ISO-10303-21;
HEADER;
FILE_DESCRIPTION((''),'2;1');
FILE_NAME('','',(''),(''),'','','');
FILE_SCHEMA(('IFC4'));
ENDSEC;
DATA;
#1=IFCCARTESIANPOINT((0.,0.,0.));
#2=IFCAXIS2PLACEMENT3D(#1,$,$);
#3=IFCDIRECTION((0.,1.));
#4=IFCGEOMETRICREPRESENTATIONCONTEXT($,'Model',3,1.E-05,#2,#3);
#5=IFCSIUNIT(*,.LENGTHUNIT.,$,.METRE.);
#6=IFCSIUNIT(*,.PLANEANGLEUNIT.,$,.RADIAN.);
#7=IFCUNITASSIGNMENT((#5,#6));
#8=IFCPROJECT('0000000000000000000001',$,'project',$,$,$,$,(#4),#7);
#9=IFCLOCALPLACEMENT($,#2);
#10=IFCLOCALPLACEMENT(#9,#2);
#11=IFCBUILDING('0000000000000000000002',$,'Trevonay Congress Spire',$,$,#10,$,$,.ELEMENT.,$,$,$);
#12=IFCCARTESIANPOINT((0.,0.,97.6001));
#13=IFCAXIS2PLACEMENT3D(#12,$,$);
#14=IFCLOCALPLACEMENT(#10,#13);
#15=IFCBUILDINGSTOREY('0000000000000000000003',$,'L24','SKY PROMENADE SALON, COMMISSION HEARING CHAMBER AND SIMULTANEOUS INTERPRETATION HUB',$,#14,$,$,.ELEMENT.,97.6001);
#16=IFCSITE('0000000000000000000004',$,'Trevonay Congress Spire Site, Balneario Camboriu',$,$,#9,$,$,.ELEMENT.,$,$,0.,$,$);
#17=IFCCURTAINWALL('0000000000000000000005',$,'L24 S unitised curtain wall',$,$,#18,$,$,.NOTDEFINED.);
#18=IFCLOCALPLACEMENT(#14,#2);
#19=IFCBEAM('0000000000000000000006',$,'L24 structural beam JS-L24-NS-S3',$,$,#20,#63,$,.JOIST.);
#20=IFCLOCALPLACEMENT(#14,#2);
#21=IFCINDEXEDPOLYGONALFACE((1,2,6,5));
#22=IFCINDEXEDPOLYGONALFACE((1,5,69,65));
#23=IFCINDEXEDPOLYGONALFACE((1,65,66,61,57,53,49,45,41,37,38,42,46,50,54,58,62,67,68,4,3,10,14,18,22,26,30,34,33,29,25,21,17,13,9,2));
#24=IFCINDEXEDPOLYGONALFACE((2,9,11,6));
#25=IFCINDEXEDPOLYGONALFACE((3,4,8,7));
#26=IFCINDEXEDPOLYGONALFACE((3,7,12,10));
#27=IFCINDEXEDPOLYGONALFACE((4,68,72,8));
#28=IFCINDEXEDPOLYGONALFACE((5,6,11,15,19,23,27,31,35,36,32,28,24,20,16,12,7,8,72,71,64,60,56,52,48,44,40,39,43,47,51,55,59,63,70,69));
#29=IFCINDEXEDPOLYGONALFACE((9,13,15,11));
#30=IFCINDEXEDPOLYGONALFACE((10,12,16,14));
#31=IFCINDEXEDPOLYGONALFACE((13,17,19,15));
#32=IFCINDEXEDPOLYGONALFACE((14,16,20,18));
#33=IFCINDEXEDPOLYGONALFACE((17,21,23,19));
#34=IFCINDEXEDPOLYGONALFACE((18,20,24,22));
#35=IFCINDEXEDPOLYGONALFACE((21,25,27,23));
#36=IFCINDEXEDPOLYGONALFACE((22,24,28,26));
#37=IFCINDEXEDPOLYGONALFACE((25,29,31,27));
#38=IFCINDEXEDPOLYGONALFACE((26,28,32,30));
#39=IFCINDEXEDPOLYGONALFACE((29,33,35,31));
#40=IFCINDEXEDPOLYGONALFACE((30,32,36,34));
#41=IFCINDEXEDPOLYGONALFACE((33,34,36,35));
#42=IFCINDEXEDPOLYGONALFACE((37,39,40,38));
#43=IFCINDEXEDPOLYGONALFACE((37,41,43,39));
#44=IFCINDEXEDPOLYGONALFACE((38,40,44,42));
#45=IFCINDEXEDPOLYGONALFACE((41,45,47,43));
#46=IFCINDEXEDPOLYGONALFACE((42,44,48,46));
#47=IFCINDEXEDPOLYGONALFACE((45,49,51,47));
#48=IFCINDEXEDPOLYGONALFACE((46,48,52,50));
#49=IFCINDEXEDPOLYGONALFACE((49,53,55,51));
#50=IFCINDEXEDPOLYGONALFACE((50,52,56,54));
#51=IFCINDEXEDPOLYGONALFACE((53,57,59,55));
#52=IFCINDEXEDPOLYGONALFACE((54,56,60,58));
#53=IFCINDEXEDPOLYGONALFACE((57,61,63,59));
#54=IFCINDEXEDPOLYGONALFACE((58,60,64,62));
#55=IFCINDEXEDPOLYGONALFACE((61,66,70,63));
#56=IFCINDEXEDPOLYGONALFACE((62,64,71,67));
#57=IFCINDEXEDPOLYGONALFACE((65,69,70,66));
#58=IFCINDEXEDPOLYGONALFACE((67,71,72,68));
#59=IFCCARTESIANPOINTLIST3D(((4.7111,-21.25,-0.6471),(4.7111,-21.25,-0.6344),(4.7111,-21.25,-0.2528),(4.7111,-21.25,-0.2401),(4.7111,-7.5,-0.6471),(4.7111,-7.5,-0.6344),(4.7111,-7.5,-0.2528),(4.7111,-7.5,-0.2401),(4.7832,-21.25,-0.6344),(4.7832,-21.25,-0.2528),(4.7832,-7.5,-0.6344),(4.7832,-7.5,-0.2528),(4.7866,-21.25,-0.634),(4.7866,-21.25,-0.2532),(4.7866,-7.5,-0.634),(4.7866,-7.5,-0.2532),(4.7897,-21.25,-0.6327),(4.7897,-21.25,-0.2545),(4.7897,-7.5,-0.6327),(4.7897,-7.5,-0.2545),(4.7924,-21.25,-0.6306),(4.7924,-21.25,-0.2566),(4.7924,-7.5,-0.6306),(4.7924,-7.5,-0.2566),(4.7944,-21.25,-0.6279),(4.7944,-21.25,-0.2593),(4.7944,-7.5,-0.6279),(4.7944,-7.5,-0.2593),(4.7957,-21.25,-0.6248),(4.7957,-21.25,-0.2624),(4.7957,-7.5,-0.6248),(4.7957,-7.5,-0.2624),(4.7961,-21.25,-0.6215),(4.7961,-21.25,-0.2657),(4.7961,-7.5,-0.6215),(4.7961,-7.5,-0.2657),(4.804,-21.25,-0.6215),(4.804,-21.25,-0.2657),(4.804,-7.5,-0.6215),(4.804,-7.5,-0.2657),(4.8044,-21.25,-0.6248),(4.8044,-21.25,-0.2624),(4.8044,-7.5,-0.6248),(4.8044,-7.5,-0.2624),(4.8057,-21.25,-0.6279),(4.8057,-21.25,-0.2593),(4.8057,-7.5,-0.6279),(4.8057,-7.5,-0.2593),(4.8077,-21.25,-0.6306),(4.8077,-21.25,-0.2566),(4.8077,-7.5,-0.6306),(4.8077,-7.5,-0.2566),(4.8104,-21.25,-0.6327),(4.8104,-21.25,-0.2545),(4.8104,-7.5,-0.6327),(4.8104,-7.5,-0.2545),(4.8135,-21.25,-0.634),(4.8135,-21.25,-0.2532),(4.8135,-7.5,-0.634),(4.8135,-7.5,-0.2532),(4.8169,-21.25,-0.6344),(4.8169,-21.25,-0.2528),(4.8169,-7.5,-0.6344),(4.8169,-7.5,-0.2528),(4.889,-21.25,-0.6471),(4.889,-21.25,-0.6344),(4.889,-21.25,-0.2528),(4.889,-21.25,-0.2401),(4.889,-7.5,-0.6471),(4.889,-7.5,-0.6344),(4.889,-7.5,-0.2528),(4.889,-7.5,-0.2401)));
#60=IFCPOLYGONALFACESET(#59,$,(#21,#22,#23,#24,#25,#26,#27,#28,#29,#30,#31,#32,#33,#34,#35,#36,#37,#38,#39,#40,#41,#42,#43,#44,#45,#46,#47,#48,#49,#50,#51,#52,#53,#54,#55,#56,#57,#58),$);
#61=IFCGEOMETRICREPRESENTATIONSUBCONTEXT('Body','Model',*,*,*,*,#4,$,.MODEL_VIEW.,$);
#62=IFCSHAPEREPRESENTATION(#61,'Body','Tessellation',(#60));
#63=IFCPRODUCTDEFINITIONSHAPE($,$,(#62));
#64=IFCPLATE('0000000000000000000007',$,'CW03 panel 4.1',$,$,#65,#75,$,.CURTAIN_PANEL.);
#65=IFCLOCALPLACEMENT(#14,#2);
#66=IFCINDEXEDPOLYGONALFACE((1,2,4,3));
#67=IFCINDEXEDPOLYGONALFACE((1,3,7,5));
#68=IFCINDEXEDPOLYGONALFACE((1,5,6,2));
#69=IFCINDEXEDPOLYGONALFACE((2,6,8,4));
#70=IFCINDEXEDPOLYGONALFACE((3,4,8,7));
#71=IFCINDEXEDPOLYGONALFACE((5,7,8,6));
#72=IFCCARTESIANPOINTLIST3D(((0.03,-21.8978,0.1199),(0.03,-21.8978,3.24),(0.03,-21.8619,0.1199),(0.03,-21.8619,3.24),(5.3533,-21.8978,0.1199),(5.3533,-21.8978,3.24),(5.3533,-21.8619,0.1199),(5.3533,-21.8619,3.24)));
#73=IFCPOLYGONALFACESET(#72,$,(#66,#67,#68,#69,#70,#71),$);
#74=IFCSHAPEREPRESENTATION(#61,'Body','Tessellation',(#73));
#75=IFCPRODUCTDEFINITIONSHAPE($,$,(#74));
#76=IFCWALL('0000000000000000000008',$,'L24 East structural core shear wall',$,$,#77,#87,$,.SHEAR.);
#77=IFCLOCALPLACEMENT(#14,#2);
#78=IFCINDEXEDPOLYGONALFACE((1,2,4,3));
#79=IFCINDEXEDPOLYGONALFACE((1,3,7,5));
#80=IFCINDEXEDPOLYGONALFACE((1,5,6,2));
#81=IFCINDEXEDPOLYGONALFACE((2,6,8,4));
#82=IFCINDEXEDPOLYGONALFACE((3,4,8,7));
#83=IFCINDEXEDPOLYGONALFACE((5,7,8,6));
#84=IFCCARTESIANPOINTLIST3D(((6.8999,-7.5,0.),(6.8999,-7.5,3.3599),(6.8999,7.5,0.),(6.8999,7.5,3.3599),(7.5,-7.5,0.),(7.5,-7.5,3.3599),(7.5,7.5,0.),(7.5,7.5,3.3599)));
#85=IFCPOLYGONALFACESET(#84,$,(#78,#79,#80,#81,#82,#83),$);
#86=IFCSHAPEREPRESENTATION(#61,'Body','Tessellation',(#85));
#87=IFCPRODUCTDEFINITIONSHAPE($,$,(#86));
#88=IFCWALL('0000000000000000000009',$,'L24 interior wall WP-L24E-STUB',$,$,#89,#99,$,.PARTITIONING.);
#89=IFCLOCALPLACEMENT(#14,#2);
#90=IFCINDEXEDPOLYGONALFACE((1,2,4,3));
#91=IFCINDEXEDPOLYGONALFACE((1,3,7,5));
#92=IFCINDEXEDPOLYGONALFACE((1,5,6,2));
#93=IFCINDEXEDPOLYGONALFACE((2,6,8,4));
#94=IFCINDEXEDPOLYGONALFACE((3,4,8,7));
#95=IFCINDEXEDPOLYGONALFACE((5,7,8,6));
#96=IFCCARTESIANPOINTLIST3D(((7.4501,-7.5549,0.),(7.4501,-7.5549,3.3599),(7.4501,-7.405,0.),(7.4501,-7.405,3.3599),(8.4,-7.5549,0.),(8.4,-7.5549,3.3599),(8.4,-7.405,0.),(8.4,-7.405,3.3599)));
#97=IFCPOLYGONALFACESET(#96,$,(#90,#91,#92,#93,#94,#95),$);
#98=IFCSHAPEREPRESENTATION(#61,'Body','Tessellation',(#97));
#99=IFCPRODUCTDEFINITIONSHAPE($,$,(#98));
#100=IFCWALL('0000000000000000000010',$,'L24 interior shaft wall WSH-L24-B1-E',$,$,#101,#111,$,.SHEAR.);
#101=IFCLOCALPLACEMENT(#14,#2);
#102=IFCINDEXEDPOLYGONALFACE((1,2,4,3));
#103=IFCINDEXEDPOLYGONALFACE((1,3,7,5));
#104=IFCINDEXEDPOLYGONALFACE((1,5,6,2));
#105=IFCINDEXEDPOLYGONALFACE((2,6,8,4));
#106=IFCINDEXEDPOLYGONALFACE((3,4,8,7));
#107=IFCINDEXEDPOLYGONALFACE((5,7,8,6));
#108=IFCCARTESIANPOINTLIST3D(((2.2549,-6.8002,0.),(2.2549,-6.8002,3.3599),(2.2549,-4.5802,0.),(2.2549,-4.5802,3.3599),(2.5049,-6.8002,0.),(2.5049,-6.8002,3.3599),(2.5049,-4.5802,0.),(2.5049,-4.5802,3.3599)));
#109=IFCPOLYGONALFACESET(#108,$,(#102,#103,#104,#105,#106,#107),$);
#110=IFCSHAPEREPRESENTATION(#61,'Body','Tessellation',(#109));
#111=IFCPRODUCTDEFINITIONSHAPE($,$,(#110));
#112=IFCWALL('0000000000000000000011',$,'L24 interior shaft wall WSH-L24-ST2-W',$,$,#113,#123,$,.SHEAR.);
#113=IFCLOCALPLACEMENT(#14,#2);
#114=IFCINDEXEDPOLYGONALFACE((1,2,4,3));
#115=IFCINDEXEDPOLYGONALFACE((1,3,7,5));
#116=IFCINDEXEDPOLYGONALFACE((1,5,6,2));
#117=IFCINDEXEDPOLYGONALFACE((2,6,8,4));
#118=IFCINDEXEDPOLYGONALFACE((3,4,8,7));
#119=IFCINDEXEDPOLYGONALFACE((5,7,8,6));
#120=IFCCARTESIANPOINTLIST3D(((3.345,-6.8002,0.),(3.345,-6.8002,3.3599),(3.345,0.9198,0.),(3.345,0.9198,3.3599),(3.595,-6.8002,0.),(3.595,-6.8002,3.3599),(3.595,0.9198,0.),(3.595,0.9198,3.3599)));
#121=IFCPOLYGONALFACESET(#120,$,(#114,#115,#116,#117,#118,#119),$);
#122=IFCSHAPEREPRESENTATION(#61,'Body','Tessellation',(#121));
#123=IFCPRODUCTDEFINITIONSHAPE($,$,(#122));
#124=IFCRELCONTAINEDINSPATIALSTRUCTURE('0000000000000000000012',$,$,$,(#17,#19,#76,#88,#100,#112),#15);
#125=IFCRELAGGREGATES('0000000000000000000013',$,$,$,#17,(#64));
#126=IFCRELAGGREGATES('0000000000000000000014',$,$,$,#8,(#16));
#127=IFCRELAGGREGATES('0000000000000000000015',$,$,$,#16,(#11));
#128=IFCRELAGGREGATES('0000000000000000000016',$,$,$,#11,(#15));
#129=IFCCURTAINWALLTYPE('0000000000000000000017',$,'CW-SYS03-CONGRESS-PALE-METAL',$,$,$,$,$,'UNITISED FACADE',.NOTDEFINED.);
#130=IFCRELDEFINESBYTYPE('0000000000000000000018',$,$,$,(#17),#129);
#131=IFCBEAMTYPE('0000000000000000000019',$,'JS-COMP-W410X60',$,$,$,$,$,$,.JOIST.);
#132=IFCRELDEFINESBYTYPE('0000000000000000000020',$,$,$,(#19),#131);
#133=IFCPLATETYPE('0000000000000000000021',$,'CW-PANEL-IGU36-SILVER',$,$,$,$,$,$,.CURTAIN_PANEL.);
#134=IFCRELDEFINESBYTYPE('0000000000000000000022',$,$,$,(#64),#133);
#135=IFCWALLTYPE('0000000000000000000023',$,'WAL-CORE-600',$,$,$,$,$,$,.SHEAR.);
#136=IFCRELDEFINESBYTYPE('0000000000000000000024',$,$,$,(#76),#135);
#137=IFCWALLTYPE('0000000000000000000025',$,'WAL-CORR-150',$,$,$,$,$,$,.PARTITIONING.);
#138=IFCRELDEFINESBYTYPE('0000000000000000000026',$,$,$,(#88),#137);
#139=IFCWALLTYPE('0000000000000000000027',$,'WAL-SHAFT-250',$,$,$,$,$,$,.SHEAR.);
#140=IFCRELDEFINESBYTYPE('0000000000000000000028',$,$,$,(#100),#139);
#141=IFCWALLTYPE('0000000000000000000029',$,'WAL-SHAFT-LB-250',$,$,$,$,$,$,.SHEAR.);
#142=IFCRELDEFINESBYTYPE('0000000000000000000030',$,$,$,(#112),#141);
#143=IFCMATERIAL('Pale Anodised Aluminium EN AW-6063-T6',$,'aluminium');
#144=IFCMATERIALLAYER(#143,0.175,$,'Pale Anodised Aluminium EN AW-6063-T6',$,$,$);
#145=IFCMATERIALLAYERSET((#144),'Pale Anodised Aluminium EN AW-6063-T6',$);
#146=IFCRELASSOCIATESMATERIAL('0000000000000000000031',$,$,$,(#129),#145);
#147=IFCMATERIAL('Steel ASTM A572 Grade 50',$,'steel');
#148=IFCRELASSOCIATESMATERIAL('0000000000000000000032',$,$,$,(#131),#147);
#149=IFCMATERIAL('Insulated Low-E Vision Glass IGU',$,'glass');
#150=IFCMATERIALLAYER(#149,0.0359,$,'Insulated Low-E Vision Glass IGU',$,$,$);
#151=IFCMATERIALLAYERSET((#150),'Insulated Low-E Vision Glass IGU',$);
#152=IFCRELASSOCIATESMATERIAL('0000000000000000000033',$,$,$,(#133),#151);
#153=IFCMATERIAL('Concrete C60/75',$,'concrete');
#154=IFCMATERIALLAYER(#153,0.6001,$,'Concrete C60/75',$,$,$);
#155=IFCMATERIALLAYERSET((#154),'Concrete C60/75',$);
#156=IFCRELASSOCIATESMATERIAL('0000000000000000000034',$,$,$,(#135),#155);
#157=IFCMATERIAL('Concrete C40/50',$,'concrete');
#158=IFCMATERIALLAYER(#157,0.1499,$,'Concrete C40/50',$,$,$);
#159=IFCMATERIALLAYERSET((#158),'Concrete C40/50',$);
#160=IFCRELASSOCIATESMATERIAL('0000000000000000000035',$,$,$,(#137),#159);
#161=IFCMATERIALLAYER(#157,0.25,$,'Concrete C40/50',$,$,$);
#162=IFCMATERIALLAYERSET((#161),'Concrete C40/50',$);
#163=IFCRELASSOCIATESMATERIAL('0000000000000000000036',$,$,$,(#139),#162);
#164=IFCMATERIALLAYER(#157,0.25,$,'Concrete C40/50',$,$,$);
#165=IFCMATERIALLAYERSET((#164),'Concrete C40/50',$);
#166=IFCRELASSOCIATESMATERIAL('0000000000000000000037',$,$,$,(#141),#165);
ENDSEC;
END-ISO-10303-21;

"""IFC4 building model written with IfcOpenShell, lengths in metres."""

from ifc_helpers import new_model, si_unit, direction, frame, frame_2d, origin, origin_2d, place, context, subcontext, project, spatial, rectangle, i_section, extrude, material, layer, layer_set, material_profile, profile_set, type_object, element, aggregate, save


model = new_model("IFC4")

# Units and contexts
model_context = context("Model", 3, precision=1e-05, world=origin(), true_north=direction((0.0, 1.0)))
body_context = subcontext(model_context, "Body", "Model", "MODEL_VIEW")
ifc_project = project(units=[si_unit("LENGTHUNIT", "METRE"), si_unit("PLANEANGLEUNIT", "RADIAN")], contexts=[model_context])

# Site, building, storey
site_placement = place(None, origin())
site = spatial("IfcSite", under=ifc_project, at=site_placement, Name="Trevonay Congress Spire Site, Balneario Camboriu", CompositionType="ELEMENT", RefElevation=0.0)
building_placement = place(site_placement, origin())
building = spatial("IfcBuilding", under=site, at=building_placement, Name="Trevonay Congress Spire", CompositionType="ELEMENT")
storey_placement = place(building_placement, frame((0.0, 0.0, 97.6001)))
storey = spatial("IfcBuildingStorey", under=building, at=storey_placement, Name="L24", Description="SKY PROMENADE SALON, COMMISSION HEARING CHAMBER AND SIMULTANEOUS INTERPRETATION HUB", CompositionType="ELEMENT", Elevation=97.6001)

# Shared definitions
ifc_material_1 = material(Name="Steel ASTM A572 Grade 50", Category="steel")

# Curtain wall
ifc_material_2 = material(Name="Pale Anodised Aluminium EN AW-6063-T6", Category="aluminium")
ifc_layer_1 = layer(ifc_material_2, 0.175, Name="Pale Anodised Aluminium EN AW-6063-T6")
ifc_layer_set_1 = layer_set([ifc_layer_1], Name="Pale Anodised Aluminium EN AW-6063-T6")
curtain_wall_type = type_object("IfcCurtainWallType", Name="CW-SYS03-CONGRESS-PALE-METAL", ElementType="UNITISED FACADE", PredefinedType="NOTDEFINED", material=ifc_layer_set_1)
curtain_wall_placement = place(storey_placement, origin())
curtain_wall = element("IfcCurtainWall", 1, at=curtain_wall_placement, inside=storey, type_object=curtain_wall_type, Name="L24 S unitised curtain wall", PredefinedType="NOTDEFINED")

# Beam
ifc_material_profile_1 = material_profile(ifc_material_1, i_section(OverallWidth=0.178, OverallDepth=0.407, WebThickness=0.0078, FlangeThickness=0.0127, FilletRadius=0.0129, at=origin_2d()), Name="W410x60")
ifc_profile_set_1 = profile_set([ifc_material_profile_1], Name="Steel ASTM A572 Grade 50")
beam_type_1 = type_object("IfcBeamType", Name="JS-COMP-W410X60", PredefinedType="JOIST", material=ifc_profile_set_1)
beam_1_placement = place(storey_placement, frame((4.8, -21.25, -0.4436), z_axis=(0.0, 1.0, 0.0), x_axis=(-1.0, 0.0, 0.0)))
element("IfcBeam", 2, at=beam_1_placement, inside=storey, type_object=beam_type_1, Name="L24 structural beam JS-L24-NS-S3", PredefinedType="JOIST", context=body_context, shape_type="SweptSolid", body=[
    extrude(i_section(OverallWidth=0.178, OverallDepth=0.407, WebThickness=0.0078, FlangeThickness=0.0127, FilletRadius=0.0129, at=origin_2d()), origin(), (0.0, 0.0, 1.0), 13.75),
])

# Plate
ifc_material_3 = material(Name="Insulated Low-E Vision Glass IGU", Category="glass")
ifc_layer_2 = layer(ifc_material_3, 0.0359, Name="Insulated Low-E Vision Glass IGU")
ifc_layer_set_2 = layer_set([ifc_layer_2], Name="Insulated Low-E Vision Glass IGU")
plate_type = type_object("IfcPlateType", Name="CW-PANEL-IGU36-SILVER", PredefinedType="CURTAIN_PANEL", material=ifc_layer_set_2)
plate_placement = place(storey_placement, frame((2.6917, -21.8799, 0.1199), z_axis=(0.0, 0.0, 1.0), x_axis=(1.0, 0.0, 0.0)))
plate = element("IfcPlate", 3, at=plate_placement, type_object=plate_type, Name="CW03 panel 4.1", PredefinedType="CURTAIN_PANEL", context=body_context, shape_type="SweptSolid", body=[
    extrude(rectangle(XDim=5.3232, YDim=0.0359, at=origin_2d()), origin(), (0.0, 0.0, 1.0), 3.1201),
])
aggregate(curtain_wall, [plate])

# Walls
ifc_material_4 = material(Name="Concrete C60/75", Category="concrete")
ifc_layer_3 = layer(ifc_material_4, 0.6001, Name="Concrete C60/75")
ifc_layer_set_3 = layer_set([ifc_layer_3], Name="Concrete C60/75")
wall_type_1 = type_object("IfcWallType", Name="WAL-CORE-600", PredefinedType="SHEAR", material=ifc_layer_set_3)
wall_1_placement = place(storey_placement, frame((7.2, -7.5, 0.0), z_axis=(0.0, 0.0, 1.0), x_axis=(0.0, 1.0, 0.0)))
element("IfcWall", 4, at=wall_1_placement, inside=storey, type_object=wall_type_1, Name="L24 East structural core shear wall", PredefinedType="SHEAR", context=body_context, shape_type="SweptSolid", body=[
    extrude(rectangle(XDim=15.0, YDim=0.6001, at=frame_2d((7.5, 0.0))), origin(), (0.0, 0.0, 1.0), 3.3599),
])
ifc_material_5 = material(Name="Concrete C40/50", Category="concrete")
ifc_layer_4 = layer(ifc_material_5, 0.1499, Name="Concrete C40/50")
ifc_layer_set_4 = layer_set([ifc_layer_4], Name="Concrete C40/50")
wall_type_2 = type_object("IfcWallType", Name="WAL-CORR-150", PredefinedType="PARTITIONING", material=ifc_layer_set_4)
wall_2_placement = place(storey_placement, frame((7.45, -7.48, 0.0), z_axis=(0.0, 0.0, 1.0), x_axis=(1.0, 0.0, 0.0)))
element("IfcWall", 5, at=wall_2_placement, inside=storey, type_object=wall_type_2, Name="L24 interior wall WP-L24E-STUB", PredefinedType="PARTITIONING", context=body_context, shape_type="SweptSolid", body=[
    extrude(rectangle(XDim=0.95, YDim=0.1499, at=frame_2d((0.4751, 0.0))), origin(), (0.0, 0.0, 1.0), 3.3599),
])
ifc_layer_5 = layer(ifc_material_5, 0.25, Name="Concrete C40/50")
ifc_layer_set_5 = layer_set([ifc_layer_5], Name="Concrete C40/50")
wall_type_3 = type_object("IfcWallType", Name="WAL-SHAFT-250", PredefinedType="SHEAR", material=ifc_layer_set_5)
wall_3_placement = place(storey_placement, frame((2.3799, -6.8, 0.0), z_axis=(0.0, 0.0, 1.0), x_axis=(0.0, 1.0, 0.0)))
element("IfcWall", 6, at=wall_3_placement, inside=storey, type_object=wall_type_3, Name="L24 interior shaft wall WSH-L24-B1-E", PredefinedType="SHEAR", context=body_context, shape_type="SweptSolid", body=[
    extrude(rectangle(XDim=2.22, YDim=0.25, at=frame_2d((1.1099, 0.0))), origin(), (0.0, 0.0, 1.0), 3.3599),
])
ifc_layer_6 = layer(ifc_material_5, 0.25, Name="Concrete C40/50")
ifc_layer_set_6 = layer_set([ifc_layer_6], Name="Concrete C40/50")
wall_type_4 = type_object("IfcWallType", Name="WAL-SHAFT-LB-250", PredefinedType="SHEAR", material=ifc_layer_set_6)
wall_4_placement = place(storey_placement, frame((3.47, -6.8, 0.0), z_axis=(0.0, 0.0, 1.0), x_axis=(0.0, 1.0, 0.0)))
element("IfcWall", 7, at=wall_4_placement, inside=storey, type_object=wall_type_4, Name="L24 interior shaft wall WSH-L24-ST2-W", PredefinedType="SHEAR", context=body_context, shape_type="SweptSolid", body=[
    extrude(rectangle(XDim=7.72, YDim=0.25, at=frame_2d((3.8599, 0.0))), origin(), (0.0, 0.0, 1.0), 3.3599),
])

save(model, "model.ifc")
